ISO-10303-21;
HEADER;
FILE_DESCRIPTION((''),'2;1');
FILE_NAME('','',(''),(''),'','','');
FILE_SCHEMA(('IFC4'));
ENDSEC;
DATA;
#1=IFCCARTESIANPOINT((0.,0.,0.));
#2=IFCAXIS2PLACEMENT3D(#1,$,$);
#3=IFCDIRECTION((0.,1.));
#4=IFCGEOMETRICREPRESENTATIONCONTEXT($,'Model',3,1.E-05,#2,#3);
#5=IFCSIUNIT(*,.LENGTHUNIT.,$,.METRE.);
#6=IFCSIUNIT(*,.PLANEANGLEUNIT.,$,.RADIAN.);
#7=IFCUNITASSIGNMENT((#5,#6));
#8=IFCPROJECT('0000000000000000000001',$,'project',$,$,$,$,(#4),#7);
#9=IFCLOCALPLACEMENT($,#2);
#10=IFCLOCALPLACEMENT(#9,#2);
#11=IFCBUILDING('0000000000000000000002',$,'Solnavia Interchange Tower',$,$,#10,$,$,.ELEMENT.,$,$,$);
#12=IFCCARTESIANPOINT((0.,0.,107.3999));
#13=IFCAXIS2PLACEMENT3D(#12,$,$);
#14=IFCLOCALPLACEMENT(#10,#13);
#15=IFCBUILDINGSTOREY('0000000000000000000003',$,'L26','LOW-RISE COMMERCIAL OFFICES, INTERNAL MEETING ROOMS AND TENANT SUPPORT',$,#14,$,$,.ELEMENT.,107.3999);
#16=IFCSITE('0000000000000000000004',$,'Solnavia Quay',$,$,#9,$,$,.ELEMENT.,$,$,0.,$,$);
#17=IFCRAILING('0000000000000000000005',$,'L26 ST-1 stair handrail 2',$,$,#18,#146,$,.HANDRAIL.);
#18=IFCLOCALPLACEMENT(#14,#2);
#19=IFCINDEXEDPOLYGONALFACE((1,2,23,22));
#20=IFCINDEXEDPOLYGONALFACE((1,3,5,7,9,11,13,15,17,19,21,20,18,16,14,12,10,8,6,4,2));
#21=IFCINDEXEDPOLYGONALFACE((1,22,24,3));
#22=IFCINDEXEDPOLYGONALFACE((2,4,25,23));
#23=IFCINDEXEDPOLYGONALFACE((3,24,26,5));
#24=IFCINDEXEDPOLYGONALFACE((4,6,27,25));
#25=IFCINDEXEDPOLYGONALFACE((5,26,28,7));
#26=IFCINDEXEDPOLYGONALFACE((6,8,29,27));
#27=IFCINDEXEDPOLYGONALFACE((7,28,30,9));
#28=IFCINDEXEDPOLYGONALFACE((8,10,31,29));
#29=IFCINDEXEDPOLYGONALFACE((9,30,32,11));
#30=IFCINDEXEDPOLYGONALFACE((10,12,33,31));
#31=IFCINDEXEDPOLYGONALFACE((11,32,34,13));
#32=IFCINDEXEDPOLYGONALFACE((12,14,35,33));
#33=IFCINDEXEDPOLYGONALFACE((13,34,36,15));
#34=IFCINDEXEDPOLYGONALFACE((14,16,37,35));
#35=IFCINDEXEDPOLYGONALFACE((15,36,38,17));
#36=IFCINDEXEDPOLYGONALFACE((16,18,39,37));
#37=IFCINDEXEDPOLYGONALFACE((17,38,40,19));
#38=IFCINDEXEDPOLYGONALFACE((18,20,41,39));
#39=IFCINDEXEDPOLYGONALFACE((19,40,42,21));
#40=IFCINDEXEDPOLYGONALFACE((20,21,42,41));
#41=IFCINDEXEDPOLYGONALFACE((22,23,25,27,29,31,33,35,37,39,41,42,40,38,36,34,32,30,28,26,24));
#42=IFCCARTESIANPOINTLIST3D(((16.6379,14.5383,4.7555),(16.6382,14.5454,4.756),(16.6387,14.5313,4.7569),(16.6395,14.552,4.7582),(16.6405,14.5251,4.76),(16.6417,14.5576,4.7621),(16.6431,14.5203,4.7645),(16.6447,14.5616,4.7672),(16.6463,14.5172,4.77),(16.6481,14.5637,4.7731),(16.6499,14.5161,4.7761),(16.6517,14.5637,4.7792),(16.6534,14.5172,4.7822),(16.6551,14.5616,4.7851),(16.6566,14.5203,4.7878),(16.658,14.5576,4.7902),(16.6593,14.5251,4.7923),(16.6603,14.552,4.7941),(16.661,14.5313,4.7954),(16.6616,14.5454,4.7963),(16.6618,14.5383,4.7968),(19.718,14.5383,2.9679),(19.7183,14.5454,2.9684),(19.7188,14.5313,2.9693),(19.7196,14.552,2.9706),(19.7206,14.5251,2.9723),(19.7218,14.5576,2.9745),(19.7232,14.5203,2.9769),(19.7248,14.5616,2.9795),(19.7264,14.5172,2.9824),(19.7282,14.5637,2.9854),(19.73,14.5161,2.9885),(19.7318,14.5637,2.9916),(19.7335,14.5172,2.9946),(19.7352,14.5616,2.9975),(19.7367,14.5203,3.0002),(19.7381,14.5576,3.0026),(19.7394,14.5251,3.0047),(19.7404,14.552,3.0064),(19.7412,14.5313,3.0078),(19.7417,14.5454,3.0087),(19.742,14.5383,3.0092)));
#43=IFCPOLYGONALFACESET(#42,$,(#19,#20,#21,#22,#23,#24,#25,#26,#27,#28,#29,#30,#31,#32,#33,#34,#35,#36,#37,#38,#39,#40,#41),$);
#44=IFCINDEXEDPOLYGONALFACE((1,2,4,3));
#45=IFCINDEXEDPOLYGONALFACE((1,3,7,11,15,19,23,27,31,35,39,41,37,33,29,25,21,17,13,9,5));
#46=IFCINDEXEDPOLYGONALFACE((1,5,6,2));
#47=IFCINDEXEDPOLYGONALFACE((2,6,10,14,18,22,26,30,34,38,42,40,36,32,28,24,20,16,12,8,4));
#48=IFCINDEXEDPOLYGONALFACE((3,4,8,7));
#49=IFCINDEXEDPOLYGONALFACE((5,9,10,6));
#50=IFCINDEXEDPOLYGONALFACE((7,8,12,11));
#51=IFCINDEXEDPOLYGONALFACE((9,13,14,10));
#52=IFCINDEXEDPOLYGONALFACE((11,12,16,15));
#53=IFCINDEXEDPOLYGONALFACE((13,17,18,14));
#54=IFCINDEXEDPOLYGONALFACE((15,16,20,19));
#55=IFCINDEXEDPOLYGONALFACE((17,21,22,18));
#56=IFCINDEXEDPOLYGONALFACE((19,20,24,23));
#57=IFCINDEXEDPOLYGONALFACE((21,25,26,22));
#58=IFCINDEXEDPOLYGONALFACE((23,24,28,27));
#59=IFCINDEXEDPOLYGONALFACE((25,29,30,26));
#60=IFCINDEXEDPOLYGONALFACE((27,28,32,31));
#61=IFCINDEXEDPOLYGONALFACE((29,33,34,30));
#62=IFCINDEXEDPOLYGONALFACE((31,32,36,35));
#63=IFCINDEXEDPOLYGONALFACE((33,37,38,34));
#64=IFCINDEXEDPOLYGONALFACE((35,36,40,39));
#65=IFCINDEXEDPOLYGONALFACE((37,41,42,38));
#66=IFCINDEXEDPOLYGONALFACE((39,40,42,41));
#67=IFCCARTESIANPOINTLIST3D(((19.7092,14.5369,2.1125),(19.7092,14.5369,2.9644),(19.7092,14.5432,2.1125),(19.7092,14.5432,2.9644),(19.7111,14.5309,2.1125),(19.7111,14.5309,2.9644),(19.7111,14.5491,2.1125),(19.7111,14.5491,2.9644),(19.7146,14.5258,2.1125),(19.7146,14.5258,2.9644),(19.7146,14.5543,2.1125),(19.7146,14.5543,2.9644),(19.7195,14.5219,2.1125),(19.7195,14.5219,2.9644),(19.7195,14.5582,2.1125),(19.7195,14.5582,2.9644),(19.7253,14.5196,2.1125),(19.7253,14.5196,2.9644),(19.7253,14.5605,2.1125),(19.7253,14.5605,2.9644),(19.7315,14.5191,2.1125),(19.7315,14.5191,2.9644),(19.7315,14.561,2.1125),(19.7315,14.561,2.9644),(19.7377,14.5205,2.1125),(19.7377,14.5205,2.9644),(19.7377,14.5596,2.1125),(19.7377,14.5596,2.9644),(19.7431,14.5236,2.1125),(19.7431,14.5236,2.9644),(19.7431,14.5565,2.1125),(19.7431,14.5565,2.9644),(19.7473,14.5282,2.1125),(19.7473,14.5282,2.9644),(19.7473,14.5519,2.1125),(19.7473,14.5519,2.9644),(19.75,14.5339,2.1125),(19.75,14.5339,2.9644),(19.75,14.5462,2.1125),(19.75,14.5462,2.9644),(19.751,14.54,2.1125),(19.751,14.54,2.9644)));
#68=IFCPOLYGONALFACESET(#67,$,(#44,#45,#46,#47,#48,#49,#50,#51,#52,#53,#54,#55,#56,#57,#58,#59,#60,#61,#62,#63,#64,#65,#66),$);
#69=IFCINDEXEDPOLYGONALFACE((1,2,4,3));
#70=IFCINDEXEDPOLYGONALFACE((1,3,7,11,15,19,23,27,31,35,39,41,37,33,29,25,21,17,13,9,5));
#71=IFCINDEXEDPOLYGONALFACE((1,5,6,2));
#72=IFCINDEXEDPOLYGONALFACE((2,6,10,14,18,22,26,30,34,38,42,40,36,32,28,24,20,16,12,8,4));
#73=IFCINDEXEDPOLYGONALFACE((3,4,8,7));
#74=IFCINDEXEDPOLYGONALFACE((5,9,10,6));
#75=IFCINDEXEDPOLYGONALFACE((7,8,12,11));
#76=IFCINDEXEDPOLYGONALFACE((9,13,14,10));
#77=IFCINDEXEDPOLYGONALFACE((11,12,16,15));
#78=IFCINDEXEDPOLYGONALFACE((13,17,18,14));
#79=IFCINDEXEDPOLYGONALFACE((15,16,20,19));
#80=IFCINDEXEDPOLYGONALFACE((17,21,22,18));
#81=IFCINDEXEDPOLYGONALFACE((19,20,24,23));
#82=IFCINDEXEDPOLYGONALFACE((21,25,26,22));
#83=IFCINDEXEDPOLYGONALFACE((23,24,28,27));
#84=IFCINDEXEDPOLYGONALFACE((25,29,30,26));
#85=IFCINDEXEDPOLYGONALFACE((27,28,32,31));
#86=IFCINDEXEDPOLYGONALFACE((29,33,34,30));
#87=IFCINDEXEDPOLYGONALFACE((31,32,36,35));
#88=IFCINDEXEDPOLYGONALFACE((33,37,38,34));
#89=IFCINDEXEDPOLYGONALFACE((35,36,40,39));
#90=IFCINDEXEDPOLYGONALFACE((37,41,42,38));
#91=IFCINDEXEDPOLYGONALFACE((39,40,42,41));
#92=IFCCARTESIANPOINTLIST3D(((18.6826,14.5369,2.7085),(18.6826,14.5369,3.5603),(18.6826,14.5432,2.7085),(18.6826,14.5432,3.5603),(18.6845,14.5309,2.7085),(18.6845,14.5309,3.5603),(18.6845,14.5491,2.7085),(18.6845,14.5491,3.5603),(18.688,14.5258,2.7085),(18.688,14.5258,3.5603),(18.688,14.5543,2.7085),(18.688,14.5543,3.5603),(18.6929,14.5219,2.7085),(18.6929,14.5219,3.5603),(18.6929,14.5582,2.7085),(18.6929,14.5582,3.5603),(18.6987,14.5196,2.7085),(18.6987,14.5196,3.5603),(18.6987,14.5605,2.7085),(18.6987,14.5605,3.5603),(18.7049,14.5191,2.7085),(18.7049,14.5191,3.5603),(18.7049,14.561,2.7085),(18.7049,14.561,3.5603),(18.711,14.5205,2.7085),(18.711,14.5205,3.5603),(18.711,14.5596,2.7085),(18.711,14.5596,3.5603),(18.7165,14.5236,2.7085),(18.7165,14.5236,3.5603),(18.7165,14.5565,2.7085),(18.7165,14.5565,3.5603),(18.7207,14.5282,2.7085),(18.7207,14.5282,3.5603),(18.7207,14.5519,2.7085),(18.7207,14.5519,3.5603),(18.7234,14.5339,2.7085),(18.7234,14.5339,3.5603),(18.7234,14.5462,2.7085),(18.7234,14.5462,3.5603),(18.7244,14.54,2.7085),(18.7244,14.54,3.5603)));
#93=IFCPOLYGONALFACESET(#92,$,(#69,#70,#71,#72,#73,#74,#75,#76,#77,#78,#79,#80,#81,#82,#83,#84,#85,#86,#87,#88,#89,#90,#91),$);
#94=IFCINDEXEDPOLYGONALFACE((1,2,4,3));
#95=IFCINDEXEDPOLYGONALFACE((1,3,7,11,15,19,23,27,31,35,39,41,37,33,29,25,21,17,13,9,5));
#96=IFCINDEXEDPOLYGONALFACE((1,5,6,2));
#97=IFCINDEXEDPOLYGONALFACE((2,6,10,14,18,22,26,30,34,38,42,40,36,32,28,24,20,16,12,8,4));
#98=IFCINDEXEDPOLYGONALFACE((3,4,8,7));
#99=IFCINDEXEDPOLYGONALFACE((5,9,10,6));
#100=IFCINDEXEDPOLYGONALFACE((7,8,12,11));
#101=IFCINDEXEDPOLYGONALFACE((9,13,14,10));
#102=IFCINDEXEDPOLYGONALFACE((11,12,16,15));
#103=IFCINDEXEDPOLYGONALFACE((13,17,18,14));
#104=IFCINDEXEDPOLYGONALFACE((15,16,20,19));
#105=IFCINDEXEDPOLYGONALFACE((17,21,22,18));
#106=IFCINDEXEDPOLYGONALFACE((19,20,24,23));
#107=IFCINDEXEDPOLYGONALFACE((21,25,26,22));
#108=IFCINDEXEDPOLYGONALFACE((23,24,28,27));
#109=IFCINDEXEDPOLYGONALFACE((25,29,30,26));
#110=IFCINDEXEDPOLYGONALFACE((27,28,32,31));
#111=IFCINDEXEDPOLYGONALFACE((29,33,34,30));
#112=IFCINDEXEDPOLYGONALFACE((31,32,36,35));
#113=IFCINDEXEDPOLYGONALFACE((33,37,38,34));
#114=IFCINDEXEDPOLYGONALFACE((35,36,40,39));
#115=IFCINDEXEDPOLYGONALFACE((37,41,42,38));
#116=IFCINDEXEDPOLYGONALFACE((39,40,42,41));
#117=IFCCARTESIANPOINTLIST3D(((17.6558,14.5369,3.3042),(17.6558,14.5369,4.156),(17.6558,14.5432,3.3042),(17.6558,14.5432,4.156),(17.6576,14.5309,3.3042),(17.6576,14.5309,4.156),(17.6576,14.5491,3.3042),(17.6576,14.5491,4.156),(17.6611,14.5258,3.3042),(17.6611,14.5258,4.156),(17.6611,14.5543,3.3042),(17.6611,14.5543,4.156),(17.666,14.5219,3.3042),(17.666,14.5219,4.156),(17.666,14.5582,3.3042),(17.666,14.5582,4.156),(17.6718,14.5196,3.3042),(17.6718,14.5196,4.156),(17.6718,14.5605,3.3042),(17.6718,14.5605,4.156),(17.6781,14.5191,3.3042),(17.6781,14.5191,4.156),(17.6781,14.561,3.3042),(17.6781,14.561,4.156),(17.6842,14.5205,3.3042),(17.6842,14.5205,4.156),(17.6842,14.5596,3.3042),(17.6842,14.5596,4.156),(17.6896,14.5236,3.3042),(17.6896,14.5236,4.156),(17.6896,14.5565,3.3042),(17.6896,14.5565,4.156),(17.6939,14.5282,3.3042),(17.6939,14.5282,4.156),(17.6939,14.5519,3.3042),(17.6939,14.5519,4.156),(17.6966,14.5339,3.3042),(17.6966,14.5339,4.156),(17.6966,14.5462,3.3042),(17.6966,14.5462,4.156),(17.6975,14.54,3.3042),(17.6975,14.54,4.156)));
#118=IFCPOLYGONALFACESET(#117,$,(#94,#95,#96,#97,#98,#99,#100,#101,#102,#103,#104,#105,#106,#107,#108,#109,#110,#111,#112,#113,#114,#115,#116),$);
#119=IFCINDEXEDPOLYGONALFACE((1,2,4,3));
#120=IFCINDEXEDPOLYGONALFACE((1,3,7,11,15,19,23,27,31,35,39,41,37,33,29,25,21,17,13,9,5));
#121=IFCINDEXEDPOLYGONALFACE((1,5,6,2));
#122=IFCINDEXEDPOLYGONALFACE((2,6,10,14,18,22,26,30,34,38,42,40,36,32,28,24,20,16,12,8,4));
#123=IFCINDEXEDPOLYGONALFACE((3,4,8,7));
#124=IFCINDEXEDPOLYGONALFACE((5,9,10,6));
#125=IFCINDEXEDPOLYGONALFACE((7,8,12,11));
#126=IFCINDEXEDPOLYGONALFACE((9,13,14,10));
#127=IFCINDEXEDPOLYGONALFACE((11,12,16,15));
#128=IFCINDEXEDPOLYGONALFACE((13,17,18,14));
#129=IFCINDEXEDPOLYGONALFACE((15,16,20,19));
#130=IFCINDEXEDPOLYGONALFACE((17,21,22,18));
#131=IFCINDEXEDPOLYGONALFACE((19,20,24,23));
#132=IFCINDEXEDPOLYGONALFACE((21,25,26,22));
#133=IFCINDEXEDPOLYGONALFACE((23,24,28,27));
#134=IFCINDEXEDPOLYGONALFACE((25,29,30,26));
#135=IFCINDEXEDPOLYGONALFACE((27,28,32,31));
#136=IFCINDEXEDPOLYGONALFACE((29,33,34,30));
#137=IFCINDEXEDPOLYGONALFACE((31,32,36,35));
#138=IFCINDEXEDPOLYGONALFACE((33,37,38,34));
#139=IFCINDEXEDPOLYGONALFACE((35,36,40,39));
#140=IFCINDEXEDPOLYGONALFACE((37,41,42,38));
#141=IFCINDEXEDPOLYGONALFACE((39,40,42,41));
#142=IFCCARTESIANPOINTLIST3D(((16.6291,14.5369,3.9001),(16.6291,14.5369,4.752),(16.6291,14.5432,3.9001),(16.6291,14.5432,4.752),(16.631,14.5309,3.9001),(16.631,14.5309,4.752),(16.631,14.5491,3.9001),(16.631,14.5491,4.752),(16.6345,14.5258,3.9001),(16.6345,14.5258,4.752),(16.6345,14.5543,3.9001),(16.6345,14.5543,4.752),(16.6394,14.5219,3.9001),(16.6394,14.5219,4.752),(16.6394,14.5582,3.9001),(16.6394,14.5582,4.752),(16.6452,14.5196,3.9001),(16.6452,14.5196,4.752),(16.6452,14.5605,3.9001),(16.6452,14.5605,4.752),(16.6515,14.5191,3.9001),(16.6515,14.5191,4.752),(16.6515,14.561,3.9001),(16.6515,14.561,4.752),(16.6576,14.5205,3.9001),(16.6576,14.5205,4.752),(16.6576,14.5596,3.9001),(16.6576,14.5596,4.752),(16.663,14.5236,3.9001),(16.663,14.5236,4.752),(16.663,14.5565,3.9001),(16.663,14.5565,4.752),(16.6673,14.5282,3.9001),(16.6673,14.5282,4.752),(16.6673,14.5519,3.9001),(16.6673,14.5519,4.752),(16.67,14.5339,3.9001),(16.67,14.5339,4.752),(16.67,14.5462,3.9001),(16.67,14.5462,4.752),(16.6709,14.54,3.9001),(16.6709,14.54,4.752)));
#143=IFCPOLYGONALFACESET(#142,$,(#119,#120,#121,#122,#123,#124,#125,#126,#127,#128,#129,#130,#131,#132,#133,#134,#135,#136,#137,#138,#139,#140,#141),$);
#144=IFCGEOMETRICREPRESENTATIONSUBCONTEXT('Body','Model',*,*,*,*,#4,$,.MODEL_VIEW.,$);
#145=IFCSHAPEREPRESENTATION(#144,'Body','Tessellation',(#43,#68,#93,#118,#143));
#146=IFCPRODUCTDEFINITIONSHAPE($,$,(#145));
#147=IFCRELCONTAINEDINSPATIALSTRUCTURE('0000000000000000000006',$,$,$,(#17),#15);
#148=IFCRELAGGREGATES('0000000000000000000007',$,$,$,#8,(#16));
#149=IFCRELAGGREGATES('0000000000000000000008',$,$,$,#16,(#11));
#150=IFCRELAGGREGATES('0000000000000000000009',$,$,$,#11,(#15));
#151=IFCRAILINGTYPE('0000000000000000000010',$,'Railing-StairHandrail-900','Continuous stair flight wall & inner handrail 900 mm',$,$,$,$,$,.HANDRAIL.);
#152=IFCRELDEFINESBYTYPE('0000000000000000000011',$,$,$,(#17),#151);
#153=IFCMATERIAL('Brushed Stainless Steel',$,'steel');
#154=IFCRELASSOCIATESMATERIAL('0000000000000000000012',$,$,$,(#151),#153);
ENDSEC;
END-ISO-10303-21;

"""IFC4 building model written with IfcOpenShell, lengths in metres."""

from ifc_helpers import new_model, si_unit, direction, frame, origin, origin_2d, place, context, subcontext, project, spatial, circle, extrude, material, type_object, element, save


model = new_model("IFC4")

# Units and contexts
model_context = context("Model", 3, precision=1e-05, world=origin(), true_north=direction((0.0, 1.0)))
body_context = subcontext(model_context, "Body", "Model", "MODEL_VIEW")
ifc_project = project(units=[si_unit("LENGTHUNIT", "METRE"), si_unit("PLANEANGLEUNIT", "RADIAN")], contexts=[model_context])

# Site, building, storey
site_placement = place(None, origin())
site = spatial("IfcSite", under=ifc_project, at=site_placement, Name="Solnavia Quay", CompositionType="ELEMENT", RefElevation=0.0)
building_placement = place(site_placement, origin())
building = spatial("IfcBuilding", under=site, at=building_placement, Name="Solnavia Interchange Tower", CompositionType="ELEMENT")
storey_placement = place(building_placement, frame((0.0, 0.0, 107.3999)))
storey = spatial("IfcBuildingStorey", under=building, at=storey_placement, Name="L26", Description="LOW-RISE COMMERCIAL OFFICES, INTERNAL MEETING ROOMS AND TENANT SUPPORT", CompositionType="ELEMENT", Elevation=107.3999)

# Railing
ifc_material_1 = material(Name="Brushed Stainless Steel", Category="steel")
railing_type_1 = type_object("IfcRailingType", Name="Railing-StairHandrail-900", Description="Continuous stair flight wall & inner handrail 900 mm", PredefinedType="HANDRAIL", material=ifc_material_1)
railing_1_placement = place(storey_placement, frame((19.73, 14.54, 2.1125)))
element("IfcRailing", 1, at=railing_1_placement, inside=storey, type_object=railing_type_1, Name="L26 ST-1 stair handrail 2", PredefinedType="HANDRAIL", context=body_context, shape_type="SweptSolid", body=[
    extrude(circle(Radius=0.0239, at=origin_2d()), frame((0.0, 0.0, 0.876), z_axis=(-0.864891, 0.0, 0.50196), x_axis=(0.0, -1.0, 0.0)), (0.0, 0.0, 1.0), 3.5613),
    extrude(circle(Radius=0.021, at=origin_2d()), origin(), (0.0, 0.0, 1.0), 0.8518),
    extrude(circle(Radius=0.021, at=origin_2d()), frame((-1.0266, 0.0, 0.5959)), (0.0, 0.0, 1.0), 0.8518),
    extrude(circle(Radius=0.021, at=origin_2d()), frame((-2.0535, 0.0, 1.1917)), (0.0, 0.0, 1.0), 0.8518),
    extrude(circle(Radius=0.021, at=origin_2d()), frame((-3.0801, 0.0, 1.7876)), (0.0, 0.0, 1.0), 0.8518),
])

save(model, "model.ifc")
